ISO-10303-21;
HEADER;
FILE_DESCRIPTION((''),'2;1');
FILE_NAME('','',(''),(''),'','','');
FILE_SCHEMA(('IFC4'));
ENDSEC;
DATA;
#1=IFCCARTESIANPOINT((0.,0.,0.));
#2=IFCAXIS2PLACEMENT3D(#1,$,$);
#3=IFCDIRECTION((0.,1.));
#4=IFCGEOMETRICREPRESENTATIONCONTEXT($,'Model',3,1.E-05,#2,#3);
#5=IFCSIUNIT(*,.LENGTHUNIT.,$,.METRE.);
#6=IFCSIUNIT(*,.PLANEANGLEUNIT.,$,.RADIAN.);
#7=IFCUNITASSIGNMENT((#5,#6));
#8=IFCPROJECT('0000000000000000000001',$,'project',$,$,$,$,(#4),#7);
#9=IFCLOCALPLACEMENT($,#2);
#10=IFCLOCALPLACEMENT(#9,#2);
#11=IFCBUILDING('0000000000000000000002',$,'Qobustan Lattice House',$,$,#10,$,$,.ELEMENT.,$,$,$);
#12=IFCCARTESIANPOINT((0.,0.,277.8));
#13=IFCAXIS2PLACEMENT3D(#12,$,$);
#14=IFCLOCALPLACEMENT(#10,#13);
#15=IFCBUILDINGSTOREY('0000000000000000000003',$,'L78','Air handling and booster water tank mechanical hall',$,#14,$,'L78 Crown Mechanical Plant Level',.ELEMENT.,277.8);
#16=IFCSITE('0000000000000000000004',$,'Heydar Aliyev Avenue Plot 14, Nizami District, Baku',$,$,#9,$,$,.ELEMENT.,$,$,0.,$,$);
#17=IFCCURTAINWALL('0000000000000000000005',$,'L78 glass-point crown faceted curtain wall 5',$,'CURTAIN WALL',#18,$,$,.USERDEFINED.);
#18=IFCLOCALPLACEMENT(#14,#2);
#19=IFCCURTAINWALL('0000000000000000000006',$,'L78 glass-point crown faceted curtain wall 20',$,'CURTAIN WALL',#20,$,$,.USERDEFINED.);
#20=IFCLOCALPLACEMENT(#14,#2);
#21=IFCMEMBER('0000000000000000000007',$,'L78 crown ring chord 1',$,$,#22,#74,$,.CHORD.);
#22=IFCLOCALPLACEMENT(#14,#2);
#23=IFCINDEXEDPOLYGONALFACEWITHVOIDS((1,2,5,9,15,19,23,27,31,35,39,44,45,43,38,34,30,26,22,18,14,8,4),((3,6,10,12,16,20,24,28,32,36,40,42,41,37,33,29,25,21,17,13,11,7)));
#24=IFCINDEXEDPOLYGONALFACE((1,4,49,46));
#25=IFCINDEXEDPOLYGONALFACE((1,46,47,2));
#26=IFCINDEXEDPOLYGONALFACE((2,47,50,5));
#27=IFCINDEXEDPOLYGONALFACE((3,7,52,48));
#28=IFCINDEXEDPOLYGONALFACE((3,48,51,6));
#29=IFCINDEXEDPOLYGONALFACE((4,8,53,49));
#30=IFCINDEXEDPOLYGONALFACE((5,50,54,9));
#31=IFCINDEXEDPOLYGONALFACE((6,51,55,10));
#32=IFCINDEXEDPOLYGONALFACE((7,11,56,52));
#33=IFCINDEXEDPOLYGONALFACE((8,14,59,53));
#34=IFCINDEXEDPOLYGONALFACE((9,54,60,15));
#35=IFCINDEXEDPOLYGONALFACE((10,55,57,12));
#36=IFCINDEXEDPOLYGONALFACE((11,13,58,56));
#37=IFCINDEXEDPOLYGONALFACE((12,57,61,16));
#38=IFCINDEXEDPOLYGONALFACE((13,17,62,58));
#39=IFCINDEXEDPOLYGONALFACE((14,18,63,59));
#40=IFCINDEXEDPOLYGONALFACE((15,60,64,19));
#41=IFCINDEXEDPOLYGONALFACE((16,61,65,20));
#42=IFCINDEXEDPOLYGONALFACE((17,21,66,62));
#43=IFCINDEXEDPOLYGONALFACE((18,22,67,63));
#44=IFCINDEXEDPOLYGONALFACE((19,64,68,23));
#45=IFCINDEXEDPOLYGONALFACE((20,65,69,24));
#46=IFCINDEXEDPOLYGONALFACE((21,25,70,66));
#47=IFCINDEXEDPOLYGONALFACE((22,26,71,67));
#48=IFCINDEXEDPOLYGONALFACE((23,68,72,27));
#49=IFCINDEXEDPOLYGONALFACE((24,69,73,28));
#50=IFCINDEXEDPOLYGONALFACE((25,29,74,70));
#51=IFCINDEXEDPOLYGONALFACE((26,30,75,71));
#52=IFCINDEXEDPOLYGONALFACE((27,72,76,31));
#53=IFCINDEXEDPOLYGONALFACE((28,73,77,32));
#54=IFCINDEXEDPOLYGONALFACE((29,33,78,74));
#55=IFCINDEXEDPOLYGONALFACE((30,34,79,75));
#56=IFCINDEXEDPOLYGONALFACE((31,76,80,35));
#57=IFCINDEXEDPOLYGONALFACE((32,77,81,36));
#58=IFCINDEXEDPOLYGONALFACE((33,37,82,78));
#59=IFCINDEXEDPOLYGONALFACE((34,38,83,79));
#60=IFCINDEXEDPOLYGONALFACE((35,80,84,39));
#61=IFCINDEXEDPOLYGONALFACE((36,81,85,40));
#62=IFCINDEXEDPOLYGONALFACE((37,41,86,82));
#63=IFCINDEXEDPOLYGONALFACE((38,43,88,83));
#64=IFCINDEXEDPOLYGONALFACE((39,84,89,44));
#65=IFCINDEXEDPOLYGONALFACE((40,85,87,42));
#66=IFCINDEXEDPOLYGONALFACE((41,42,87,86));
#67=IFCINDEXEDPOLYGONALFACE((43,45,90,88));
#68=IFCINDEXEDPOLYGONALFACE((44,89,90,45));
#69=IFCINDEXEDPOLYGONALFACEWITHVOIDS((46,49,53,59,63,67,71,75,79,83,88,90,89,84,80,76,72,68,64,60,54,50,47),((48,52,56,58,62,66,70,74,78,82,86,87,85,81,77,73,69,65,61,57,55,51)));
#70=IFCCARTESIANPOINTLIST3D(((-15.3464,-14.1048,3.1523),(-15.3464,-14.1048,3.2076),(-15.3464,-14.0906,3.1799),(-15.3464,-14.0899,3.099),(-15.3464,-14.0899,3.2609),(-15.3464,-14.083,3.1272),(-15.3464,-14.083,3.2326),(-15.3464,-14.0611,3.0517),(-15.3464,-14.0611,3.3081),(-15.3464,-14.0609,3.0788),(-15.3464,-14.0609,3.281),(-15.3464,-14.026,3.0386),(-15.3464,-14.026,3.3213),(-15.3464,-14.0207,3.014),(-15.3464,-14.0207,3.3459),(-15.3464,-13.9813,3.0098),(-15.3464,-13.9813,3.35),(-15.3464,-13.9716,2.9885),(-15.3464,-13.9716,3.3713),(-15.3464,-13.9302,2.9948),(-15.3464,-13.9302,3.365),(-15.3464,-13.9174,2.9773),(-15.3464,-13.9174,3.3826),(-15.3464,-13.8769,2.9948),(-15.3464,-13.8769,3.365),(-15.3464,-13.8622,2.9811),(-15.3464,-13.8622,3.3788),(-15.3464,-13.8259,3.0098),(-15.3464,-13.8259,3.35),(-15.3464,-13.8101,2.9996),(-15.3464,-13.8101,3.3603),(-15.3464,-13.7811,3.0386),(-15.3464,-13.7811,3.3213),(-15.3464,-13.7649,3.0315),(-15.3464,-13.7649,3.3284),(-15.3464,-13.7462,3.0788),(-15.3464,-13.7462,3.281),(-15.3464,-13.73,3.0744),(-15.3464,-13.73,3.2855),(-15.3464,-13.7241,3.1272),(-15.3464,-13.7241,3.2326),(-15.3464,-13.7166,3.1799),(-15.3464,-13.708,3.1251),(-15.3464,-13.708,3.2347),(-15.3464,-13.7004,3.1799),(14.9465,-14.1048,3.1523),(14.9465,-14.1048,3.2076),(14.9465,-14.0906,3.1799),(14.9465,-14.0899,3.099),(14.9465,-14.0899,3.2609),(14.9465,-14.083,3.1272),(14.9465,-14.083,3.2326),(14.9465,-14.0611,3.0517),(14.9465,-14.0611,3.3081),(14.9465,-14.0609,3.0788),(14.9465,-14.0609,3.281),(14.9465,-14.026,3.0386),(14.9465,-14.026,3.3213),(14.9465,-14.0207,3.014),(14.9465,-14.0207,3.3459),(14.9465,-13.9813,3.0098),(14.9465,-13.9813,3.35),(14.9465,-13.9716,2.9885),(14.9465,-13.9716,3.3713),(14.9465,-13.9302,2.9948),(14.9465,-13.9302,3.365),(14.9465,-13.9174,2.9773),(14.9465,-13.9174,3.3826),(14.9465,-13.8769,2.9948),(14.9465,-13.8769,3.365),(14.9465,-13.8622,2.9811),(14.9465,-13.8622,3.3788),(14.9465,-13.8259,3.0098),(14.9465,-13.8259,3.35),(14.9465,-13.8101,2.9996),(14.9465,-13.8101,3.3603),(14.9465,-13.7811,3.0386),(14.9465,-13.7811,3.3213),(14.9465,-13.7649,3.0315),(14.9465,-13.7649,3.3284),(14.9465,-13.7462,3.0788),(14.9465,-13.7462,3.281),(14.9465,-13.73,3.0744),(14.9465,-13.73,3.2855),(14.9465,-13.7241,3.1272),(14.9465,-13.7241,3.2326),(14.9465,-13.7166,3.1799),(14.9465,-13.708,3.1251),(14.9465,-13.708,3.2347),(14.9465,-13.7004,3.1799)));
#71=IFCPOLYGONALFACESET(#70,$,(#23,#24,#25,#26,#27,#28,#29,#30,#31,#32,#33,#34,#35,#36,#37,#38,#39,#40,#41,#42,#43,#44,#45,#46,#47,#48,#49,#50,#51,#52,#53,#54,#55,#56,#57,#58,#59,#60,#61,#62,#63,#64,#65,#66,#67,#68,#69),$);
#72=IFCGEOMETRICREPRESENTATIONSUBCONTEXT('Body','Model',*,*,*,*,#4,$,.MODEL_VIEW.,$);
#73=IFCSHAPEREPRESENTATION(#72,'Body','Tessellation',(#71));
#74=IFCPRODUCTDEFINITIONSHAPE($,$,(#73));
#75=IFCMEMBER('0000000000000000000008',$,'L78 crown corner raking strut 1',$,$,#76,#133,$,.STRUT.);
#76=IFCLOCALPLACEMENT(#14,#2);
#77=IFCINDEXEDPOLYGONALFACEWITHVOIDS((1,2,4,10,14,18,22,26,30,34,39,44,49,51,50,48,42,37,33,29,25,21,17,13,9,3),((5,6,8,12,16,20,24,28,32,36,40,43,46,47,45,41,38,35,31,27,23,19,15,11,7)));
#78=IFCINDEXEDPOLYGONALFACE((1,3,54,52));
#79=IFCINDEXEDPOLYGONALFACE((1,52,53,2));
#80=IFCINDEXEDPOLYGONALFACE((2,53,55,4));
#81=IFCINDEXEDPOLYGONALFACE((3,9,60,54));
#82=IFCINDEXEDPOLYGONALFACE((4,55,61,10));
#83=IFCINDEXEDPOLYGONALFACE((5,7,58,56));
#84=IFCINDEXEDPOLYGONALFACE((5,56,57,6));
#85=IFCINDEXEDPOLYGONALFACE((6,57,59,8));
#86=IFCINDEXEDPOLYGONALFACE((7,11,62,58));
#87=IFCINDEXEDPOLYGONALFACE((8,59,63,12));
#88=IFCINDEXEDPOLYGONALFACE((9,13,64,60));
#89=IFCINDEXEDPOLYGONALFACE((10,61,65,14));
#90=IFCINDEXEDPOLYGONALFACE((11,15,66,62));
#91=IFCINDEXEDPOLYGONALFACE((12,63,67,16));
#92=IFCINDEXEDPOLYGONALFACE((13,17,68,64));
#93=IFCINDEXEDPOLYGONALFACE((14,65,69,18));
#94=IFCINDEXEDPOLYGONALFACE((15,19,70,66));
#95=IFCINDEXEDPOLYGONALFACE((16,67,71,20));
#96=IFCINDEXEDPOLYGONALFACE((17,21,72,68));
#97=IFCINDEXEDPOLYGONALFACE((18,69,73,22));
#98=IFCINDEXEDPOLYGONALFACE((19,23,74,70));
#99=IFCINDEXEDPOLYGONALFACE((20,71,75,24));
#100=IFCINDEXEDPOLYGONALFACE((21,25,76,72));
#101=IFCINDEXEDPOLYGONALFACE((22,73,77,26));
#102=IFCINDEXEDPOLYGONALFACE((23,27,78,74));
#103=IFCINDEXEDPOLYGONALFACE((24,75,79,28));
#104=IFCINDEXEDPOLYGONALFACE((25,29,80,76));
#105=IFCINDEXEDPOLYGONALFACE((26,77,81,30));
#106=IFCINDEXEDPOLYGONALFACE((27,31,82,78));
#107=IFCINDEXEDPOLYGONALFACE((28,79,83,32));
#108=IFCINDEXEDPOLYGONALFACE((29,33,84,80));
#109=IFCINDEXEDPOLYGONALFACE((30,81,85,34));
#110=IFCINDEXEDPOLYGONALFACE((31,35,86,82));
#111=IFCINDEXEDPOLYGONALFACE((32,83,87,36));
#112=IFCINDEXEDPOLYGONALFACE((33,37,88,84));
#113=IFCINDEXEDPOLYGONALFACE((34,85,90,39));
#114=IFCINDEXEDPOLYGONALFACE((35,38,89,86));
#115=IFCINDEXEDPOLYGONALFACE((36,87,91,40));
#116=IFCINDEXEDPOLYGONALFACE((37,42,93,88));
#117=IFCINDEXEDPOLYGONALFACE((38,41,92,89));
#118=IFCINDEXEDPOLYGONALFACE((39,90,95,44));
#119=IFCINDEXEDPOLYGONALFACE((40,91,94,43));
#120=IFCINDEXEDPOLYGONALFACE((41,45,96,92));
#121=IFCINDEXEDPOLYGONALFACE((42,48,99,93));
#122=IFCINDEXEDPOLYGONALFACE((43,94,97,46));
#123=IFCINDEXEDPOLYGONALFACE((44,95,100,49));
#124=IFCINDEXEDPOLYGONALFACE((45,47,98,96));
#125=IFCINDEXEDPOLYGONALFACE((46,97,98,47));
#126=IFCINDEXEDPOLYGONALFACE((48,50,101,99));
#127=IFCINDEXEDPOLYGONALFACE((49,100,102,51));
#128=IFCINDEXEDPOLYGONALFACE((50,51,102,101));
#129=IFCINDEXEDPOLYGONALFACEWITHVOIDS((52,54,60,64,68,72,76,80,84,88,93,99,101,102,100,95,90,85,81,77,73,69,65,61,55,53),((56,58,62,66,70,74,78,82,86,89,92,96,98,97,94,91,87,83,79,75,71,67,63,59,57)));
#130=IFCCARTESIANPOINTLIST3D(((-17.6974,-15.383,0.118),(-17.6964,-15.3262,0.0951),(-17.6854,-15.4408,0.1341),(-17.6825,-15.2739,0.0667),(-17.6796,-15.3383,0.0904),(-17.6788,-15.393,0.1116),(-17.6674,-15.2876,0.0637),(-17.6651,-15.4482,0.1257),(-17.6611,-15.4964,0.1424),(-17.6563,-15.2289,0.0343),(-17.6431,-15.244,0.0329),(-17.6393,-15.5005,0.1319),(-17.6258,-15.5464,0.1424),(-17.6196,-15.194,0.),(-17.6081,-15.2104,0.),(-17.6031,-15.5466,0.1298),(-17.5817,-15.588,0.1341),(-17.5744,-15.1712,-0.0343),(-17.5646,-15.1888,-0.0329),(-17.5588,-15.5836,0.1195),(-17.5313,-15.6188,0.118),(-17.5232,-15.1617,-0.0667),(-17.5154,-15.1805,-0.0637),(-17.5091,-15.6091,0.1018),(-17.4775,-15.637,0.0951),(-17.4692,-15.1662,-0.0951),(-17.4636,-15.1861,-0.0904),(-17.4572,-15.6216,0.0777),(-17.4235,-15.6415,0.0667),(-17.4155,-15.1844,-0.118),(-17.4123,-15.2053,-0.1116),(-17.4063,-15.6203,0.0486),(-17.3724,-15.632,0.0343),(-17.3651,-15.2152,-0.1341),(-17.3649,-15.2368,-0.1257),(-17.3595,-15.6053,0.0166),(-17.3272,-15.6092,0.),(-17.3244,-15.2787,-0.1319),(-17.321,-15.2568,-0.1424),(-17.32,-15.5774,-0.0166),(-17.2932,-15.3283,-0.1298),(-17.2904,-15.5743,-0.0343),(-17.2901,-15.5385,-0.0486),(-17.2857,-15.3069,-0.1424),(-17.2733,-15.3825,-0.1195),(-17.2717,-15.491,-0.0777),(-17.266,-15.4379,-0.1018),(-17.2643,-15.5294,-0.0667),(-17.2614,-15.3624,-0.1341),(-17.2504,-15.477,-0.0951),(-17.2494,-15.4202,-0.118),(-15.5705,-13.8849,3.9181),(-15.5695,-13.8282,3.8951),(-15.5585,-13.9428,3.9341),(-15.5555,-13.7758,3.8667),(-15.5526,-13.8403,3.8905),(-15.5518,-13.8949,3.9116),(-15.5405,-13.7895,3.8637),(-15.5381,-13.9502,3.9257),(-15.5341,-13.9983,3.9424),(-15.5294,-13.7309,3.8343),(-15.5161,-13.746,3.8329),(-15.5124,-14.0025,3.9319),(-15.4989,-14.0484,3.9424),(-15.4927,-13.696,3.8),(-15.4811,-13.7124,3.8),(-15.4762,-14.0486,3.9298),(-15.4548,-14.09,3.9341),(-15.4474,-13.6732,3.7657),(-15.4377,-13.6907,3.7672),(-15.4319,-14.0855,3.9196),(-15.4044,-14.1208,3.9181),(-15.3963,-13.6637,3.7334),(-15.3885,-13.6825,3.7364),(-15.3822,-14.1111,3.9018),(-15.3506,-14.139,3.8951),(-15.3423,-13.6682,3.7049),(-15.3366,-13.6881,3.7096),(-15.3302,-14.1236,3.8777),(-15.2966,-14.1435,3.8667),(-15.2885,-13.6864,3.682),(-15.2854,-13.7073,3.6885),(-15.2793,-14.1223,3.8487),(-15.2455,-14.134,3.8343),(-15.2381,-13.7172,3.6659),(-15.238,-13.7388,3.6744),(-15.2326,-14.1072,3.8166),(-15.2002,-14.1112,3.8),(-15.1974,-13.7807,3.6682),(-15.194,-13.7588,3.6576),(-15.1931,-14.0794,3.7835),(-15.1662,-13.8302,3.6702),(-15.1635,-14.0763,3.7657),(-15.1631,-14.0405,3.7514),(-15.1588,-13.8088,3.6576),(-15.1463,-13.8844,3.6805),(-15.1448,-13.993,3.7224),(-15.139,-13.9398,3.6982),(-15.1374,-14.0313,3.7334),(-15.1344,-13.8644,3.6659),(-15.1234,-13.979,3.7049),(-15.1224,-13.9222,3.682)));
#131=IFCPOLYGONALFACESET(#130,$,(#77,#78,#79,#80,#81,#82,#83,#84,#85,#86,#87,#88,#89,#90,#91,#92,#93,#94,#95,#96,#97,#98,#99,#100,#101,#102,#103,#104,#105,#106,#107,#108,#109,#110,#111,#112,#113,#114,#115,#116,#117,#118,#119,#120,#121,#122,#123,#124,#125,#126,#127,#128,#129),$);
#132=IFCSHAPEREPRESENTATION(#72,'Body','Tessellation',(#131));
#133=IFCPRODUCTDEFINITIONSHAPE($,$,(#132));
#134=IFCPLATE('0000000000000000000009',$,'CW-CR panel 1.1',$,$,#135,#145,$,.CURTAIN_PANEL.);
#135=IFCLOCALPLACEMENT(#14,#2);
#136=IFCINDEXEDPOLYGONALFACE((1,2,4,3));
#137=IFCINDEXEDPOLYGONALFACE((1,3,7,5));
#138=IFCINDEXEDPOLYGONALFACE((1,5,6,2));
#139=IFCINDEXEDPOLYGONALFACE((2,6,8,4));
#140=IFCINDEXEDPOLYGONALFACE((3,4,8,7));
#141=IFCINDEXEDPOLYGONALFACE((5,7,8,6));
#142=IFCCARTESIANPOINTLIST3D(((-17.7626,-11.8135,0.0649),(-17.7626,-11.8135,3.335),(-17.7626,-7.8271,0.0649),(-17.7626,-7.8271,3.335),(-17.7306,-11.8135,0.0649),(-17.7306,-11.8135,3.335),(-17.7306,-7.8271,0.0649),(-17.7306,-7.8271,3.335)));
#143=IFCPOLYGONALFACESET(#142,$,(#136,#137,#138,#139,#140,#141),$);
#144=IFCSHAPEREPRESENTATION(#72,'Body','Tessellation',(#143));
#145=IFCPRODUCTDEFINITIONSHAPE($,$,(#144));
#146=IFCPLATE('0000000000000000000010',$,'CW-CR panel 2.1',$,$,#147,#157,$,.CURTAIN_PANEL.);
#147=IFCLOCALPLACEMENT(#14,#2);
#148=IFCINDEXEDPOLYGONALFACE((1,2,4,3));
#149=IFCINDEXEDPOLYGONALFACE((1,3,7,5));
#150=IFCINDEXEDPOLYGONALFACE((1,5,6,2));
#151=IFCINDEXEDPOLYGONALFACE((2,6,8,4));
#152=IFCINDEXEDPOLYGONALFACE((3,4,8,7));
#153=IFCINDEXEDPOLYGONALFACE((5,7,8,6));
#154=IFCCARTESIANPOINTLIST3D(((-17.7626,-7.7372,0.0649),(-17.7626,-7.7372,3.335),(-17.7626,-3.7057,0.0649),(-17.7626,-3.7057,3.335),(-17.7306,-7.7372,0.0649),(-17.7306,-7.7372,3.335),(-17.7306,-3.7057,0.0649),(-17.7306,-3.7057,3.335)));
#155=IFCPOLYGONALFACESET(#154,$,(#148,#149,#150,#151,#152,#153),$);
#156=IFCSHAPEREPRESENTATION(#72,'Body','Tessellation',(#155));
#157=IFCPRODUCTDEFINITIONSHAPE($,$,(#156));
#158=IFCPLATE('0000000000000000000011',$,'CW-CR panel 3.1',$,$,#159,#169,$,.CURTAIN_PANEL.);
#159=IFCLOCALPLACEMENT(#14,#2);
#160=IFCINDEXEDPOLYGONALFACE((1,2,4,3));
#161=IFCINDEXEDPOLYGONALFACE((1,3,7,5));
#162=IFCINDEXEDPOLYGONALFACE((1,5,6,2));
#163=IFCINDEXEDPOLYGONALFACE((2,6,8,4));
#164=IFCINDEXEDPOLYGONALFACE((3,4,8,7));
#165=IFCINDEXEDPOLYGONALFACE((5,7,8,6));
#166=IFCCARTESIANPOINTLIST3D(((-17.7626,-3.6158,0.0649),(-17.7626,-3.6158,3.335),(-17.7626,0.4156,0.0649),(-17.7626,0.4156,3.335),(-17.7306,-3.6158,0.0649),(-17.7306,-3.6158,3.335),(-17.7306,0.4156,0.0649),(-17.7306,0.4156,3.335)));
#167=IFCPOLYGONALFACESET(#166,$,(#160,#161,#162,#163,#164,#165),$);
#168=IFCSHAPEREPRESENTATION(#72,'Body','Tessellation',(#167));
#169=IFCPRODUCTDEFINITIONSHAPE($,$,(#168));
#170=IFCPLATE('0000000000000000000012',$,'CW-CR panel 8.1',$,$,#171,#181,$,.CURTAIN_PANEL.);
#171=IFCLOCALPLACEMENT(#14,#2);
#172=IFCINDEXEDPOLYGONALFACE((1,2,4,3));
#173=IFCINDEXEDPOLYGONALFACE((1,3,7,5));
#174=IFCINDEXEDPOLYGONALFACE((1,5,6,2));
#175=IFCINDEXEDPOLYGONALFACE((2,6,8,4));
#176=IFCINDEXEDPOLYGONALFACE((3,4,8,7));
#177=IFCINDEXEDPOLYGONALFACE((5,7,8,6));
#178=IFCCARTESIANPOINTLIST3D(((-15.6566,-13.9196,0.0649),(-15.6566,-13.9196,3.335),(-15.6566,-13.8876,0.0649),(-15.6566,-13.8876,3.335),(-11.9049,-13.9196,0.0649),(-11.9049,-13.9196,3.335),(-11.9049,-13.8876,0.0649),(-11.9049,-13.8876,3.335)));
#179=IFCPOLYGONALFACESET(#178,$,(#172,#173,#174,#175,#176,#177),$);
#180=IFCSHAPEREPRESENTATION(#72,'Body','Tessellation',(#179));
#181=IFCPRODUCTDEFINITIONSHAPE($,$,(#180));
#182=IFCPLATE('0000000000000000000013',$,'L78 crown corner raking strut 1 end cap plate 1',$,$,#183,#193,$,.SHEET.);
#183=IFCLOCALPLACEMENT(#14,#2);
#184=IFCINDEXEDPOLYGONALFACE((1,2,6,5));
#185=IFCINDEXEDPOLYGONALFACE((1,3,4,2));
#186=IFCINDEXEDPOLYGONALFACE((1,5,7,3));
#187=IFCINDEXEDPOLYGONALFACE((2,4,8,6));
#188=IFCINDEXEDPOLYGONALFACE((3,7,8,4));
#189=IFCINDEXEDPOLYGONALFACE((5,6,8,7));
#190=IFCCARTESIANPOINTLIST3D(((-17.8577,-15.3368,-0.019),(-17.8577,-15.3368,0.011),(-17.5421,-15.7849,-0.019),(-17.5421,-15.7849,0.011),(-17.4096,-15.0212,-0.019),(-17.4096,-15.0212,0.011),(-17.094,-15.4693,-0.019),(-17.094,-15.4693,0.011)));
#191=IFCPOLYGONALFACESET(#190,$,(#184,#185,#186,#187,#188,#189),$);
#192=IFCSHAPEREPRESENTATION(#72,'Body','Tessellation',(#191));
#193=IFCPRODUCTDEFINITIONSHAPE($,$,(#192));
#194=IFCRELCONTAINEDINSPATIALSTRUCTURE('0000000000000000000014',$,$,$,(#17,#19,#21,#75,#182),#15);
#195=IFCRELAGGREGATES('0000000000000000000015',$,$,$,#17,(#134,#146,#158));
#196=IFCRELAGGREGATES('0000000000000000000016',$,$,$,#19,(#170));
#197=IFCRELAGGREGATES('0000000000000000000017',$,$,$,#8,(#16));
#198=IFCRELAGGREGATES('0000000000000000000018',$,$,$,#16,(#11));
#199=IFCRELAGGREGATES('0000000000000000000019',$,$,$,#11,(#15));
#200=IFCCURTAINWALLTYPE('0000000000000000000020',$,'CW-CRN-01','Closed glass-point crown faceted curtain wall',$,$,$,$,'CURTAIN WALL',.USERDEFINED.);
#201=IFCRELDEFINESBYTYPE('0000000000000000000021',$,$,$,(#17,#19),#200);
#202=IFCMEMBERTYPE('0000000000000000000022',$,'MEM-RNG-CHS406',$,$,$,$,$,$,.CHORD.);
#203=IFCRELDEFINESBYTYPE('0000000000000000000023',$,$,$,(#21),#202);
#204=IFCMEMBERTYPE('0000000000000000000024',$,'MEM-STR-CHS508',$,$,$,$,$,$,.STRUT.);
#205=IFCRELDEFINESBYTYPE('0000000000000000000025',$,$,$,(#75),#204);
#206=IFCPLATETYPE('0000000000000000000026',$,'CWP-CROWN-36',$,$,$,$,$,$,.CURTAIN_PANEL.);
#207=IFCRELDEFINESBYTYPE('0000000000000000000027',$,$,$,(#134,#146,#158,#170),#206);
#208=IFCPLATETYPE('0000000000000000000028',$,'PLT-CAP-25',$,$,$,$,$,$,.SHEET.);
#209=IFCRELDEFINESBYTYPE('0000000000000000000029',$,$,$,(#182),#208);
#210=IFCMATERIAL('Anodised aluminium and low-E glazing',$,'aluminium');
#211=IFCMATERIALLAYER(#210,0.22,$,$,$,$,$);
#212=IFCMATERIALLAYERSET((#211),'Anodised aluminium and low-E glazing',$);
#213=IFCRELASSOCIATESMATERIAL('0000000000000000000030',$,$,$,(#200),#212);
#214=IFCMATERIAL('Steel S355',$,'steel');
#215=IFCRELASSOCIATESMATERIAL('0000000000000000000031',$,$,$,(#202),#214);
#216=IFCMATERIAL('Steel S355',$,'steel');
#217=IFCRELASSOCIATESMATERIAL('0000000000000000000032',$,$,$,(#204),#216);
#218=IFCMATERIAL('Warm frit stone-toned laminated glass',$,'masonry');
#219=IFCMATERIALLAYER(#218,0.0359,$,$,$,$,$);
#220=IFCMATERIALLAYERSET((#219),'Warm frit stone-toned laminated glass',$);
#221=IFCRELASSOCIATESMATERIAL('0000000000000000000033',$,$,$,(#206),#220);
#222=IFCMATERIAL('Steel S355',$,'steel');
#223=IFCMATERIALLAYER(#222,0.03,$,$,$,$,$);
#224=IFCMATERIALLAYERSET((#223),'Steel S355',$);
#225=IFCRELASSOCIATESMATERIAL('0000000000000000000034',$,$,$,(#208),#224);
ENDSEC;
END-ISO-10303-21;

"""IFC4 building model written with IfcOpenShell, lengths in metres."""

from ifc_helpers import new_model, si_unit, direction, frame, origin, origin_2d, place, context, subcontext, project, spatial, rectangle, hollow_circle, extrude, material, layer, layer_set, material_profile, profile_set, type_object, element, aggregate, save


model = new_model("IFC4")

# Units and contexts
model_context = context("Model", 3, precision=1e-05, world=origin(), true_north=direction((0.0, 1.0)))
body_context = subcontext(model_context, "Body", "Model", "MODEL_VIEW")
ifc_project = project(units=[si_unit("LENGTHUNIT", "METRE"), si_unit("PLANEANGLEUNIT", "RADIAN")], contexts=[model_context])

# Site, building, storey
site_placement = place(None, origin())
site = spatial("IfcSite", under=ifc_project, at=site_placement, Name="Heydar Aliyev Avenue Plot 14, Nizami District, Baku", CompositionType="ELEMENT", RefElevation=0.0)
building_placement = place(site_placement, origin())
building = spatial("IfcBuilding", under=site, at=building_placement, Name="Qobustan Lattice House", CompositionType="ELEMENT")
storey_placement = place(building_placement, frame((0.0, 0.0, 277.8)))
storey = spatial("IfcBuildingStorey", under=building, at=storey_placement, Name="L78", Description="Air handling and booster water tank mechanical hall", LongName="L78 Crown Mechanical Plant Level", CompositionType="ELEMENT", Elevation=277.8)

# Curtain wall
ifc_material_1 = material(Name="Anodised aluminium and low-E glazing", Category="aluminium")
ifc_layer_1 = layer(ifc_material_1, 0.22)
ifc_layer_set_1 = layer_set([ifc_layer_1], Name="Anodised aluminium and low-E glazing")
curtain_wall_type = type_object("IfcCurtainWallType", Name="CW-CRN-01", Description="Closed glass-point crown faceted curtain wall", ElementType="CURTAIN WALL", PredefinedType="USERDEFINED", material=ifc_layer_set_1)
curtain_wall_1_placement = place(storey_placement, origin())
curtain_wall_1 = element("IfcCurtainWall", 1, at=curtain_wall_1_placement, inside=storey, type_object=curtain_wall_type, Name="L78 glass-point crown faceted curtain wall 5", ObjectType="CURTAIN WALL", PredefinedType="USERDEFINED")

# Curtain wall
curtain_wall_2_placement = place(storey_placement, origin())
curtain_wall_2 = element("IfcCurtainWall", 2, at=curtain_wall_2_placement, inside=storey, type_object=curtain_wall_type, Name="L78 glass-point crown faceted curtain wall 20", ObjectType="CURTAIN WALL", PredefinedType="USERDEFINED")

# Members
ifc_material_2 = material(Name="Steel S355", Category="steel")
ifc_material_profile_1 = material_profile(ifc_material_2, hollow_circle(Radius=0.2031, WallThickness=0.0161, at=origin_2d()), Name="CHS406.4x16")
ifc_profile_set_1 = profile_set([ifc_material_profile_1], Name="Steel S355")
member_type_1 = type_object("IfcMemberType", Name="MEM-RNG-CHS406", PredefinedType="CHORD", material=ifc_profile_set_1)
member_1_placement = place(storey_placement, frame((-15.3464, -13.9036, 3.1799), z_axis=(1.0, 0.0, 0.0), x_axis=(0.0, 1.0, 0.0)))
element("IfcMember", 3, at=member_1_placement, inside=storey, type_object=member_type_1, Name="L78 crown ring chord 1", PredefinedType="CHORD", context=body_context, shape_type="SweptSolid", body=[
    extrude(hollow_circle(Radius=0.2031, WallThickness=0.0161, at=origin_2d()), origin(), (0.0, 0.0, 1.0), 30.293),
])
ifc_material_3 = material(Name="Steel S355", Category="steel")
ifc_material_profile_2 = material_profile(ifc_material_3, hollow_circle(Radius=0.2539, WallThickness=0.02, at=origin_2d()), Name="CHS508x20")
ifc_profile_set_2 = profile_set([ifc_material_profile_2], Name="Steel S355")
member_type_2 = type_object("IfcMemberType", Name="MEM-STR-CHS508", PredefinedType="STRUT", material=ifc_profile_set_2)
member_2_placement = place(storey_placement, frame((-17.4734, -15.4016, 0.0), z_axis=(0.461853, 0.32529, 0.825154), x_axis=(-0.575828, 0.817571, 0.0)))
element("IfcMember", 4, at=member_2_placement, inside=storey, type_object=member_type_2, Name="L78 crown corner raking strut 1", PredefinedType="STRUT", context=body_context, shape_type="SweptSolid", body=[
    extrude(hollow_circle(Radius=0.2539, WallThickness=0.02, at=origin_2d()), origin(), (0.0, 0.0, 1.0), 4.6052),
])

# Plates
ifc_material_4 = material(Name="Warm frit stone-toned laminated glass", Category="masonry")
ifc_layer_2 = layer(ifc_material_4, 0.0359)
ifc_layer_set_2 = layer_set([ifc_layer_2], Name="Warm frit stone-toned laminated glass")
plate_type_1 = type_object("IfcPlateType", Name="CWP-CROWN-36", PredefinedType="CURTAIN_PANEL", material=ifc_layer_set_2)
plate_1_placement = place(storey_placement, frame((-17.7466, -9.8203, 0.0649), z_axis=(0.0, 0.0, 1.0), x_axis=(0.0, 1.0, 0.0)))
plate_1 = element("IfcPlate", 5, at=plate_1_placement, type_object=plate_type_1, Name="CW-CR panel 1.1", PredefinedType="CURTAIN_PANEL", context=body_context, shape_type="SweptSolid", body=[
    extrude(rectangle(XDim=3.9863, YDim=0.032, at=origin_2d()), origin(), (0.0, 0.0, 1.0), 3.27),
])
plate_2_placement = place(storey_placement, frame((-17.7466, -5.7214, 0.0649), z_axis=(0.0, 0.0, 1.0), x_axis=(0.0, 1.0, 0.0)))
plate_2 = element("IfcPlate", 6, at=plate_2_placement, type_object=plate_type_1, Name="CW-CR panel 2.1", PredefinedType="CURTAIN_PANEL", context=body_context, shape_type="SweptSolid", body=[
    extrude(rectangle(XDim=4.0315, YDim=0.032, at=origin_2d()), origin(), (0.0, 0.0, 1.0), 3.27),
])
plate_3_placement = place(storey_placement, frame((-17.7466, -1.6001, 0.0649), z_axis=(0.0, 0.0, 1.0), x_axis=(0.0, 1.0, 0.0)))
plate_3 = element("IfcPlate", 7, at=plate_3_placement, type_object=plate_type_1, Name="CW-CR panel 3.1", PredefinedType="CURTAIN_PANEL", context=body_context, shape_type="SweptSolid", body=[
    extrude(rectangle(XDim=4.0315, YDim=0.032, at=origin_2d()), origin(), (0.0, 0.0, 1.0), 3.27),
])
aggregate(curtain_wall_1, [plate_1, plate_2, plate_3])
plate_4_placement = place(storey_placement, frame((-13.7808, -13.9036, 0.0649), z_axis=(0.0, 0.0, 1.0), x_axis=(-1.0, 0.0, 0.0)))
plate_4 = element("IfcPlate", 8, at=plate_4_placement, type_object=plate_type_1, Name="CW-CR panel 8.1", PredefinedType="CURTAIN_PANEL", context=body_context, shape_type="SweptSolid", body=[
    extrude(rectangle(XDim=3.7517, YDim=0.032, at=origin_2d()), origin(), (0.0, 0.0, 1.0), 3.27),
])
aggregate(curtain_wall_2, [plate_4])

# Plate
ifc_material_5 = material(Name="Steel S355", Category="steel")
ifc_layer_3 = layer(ifc_material_5, 0.03)
ifc_layer_set_3 = layer_set([ifc_layer_3], Name="Steel S355")
plate_type_2 = type_object("IfcPlateType", Name="PLT-CAP-25", PredefinedType="SHEET", material=ifc_layer_set_3)
for number, where, z_axis, x_axis, name in (
    (9, (-17.4758, -15.4031, -0.019), (0.0, 0.0, 1.0), (0.817587, 0.575805, 0.0), "L78 crown corner raking strut 1 end cap plate 1"),
):
    element("IfcPlate", number, at=place(storey_placement, frame(where, z_axis=z_axis, x_axis=x_axis)), inside=storey, type_object=plate_type_2, Name=name, PredefinedType="SHEET", context=body_context, shape_type="SweptSolid", body=[
        extrude(rectangle(XDim=0.5481, YDim=0.5481, at=origin_2d()), origin(), (0.0, 0.0, 1.0), 0.03),
    ])

save(model, "model.ifc")
